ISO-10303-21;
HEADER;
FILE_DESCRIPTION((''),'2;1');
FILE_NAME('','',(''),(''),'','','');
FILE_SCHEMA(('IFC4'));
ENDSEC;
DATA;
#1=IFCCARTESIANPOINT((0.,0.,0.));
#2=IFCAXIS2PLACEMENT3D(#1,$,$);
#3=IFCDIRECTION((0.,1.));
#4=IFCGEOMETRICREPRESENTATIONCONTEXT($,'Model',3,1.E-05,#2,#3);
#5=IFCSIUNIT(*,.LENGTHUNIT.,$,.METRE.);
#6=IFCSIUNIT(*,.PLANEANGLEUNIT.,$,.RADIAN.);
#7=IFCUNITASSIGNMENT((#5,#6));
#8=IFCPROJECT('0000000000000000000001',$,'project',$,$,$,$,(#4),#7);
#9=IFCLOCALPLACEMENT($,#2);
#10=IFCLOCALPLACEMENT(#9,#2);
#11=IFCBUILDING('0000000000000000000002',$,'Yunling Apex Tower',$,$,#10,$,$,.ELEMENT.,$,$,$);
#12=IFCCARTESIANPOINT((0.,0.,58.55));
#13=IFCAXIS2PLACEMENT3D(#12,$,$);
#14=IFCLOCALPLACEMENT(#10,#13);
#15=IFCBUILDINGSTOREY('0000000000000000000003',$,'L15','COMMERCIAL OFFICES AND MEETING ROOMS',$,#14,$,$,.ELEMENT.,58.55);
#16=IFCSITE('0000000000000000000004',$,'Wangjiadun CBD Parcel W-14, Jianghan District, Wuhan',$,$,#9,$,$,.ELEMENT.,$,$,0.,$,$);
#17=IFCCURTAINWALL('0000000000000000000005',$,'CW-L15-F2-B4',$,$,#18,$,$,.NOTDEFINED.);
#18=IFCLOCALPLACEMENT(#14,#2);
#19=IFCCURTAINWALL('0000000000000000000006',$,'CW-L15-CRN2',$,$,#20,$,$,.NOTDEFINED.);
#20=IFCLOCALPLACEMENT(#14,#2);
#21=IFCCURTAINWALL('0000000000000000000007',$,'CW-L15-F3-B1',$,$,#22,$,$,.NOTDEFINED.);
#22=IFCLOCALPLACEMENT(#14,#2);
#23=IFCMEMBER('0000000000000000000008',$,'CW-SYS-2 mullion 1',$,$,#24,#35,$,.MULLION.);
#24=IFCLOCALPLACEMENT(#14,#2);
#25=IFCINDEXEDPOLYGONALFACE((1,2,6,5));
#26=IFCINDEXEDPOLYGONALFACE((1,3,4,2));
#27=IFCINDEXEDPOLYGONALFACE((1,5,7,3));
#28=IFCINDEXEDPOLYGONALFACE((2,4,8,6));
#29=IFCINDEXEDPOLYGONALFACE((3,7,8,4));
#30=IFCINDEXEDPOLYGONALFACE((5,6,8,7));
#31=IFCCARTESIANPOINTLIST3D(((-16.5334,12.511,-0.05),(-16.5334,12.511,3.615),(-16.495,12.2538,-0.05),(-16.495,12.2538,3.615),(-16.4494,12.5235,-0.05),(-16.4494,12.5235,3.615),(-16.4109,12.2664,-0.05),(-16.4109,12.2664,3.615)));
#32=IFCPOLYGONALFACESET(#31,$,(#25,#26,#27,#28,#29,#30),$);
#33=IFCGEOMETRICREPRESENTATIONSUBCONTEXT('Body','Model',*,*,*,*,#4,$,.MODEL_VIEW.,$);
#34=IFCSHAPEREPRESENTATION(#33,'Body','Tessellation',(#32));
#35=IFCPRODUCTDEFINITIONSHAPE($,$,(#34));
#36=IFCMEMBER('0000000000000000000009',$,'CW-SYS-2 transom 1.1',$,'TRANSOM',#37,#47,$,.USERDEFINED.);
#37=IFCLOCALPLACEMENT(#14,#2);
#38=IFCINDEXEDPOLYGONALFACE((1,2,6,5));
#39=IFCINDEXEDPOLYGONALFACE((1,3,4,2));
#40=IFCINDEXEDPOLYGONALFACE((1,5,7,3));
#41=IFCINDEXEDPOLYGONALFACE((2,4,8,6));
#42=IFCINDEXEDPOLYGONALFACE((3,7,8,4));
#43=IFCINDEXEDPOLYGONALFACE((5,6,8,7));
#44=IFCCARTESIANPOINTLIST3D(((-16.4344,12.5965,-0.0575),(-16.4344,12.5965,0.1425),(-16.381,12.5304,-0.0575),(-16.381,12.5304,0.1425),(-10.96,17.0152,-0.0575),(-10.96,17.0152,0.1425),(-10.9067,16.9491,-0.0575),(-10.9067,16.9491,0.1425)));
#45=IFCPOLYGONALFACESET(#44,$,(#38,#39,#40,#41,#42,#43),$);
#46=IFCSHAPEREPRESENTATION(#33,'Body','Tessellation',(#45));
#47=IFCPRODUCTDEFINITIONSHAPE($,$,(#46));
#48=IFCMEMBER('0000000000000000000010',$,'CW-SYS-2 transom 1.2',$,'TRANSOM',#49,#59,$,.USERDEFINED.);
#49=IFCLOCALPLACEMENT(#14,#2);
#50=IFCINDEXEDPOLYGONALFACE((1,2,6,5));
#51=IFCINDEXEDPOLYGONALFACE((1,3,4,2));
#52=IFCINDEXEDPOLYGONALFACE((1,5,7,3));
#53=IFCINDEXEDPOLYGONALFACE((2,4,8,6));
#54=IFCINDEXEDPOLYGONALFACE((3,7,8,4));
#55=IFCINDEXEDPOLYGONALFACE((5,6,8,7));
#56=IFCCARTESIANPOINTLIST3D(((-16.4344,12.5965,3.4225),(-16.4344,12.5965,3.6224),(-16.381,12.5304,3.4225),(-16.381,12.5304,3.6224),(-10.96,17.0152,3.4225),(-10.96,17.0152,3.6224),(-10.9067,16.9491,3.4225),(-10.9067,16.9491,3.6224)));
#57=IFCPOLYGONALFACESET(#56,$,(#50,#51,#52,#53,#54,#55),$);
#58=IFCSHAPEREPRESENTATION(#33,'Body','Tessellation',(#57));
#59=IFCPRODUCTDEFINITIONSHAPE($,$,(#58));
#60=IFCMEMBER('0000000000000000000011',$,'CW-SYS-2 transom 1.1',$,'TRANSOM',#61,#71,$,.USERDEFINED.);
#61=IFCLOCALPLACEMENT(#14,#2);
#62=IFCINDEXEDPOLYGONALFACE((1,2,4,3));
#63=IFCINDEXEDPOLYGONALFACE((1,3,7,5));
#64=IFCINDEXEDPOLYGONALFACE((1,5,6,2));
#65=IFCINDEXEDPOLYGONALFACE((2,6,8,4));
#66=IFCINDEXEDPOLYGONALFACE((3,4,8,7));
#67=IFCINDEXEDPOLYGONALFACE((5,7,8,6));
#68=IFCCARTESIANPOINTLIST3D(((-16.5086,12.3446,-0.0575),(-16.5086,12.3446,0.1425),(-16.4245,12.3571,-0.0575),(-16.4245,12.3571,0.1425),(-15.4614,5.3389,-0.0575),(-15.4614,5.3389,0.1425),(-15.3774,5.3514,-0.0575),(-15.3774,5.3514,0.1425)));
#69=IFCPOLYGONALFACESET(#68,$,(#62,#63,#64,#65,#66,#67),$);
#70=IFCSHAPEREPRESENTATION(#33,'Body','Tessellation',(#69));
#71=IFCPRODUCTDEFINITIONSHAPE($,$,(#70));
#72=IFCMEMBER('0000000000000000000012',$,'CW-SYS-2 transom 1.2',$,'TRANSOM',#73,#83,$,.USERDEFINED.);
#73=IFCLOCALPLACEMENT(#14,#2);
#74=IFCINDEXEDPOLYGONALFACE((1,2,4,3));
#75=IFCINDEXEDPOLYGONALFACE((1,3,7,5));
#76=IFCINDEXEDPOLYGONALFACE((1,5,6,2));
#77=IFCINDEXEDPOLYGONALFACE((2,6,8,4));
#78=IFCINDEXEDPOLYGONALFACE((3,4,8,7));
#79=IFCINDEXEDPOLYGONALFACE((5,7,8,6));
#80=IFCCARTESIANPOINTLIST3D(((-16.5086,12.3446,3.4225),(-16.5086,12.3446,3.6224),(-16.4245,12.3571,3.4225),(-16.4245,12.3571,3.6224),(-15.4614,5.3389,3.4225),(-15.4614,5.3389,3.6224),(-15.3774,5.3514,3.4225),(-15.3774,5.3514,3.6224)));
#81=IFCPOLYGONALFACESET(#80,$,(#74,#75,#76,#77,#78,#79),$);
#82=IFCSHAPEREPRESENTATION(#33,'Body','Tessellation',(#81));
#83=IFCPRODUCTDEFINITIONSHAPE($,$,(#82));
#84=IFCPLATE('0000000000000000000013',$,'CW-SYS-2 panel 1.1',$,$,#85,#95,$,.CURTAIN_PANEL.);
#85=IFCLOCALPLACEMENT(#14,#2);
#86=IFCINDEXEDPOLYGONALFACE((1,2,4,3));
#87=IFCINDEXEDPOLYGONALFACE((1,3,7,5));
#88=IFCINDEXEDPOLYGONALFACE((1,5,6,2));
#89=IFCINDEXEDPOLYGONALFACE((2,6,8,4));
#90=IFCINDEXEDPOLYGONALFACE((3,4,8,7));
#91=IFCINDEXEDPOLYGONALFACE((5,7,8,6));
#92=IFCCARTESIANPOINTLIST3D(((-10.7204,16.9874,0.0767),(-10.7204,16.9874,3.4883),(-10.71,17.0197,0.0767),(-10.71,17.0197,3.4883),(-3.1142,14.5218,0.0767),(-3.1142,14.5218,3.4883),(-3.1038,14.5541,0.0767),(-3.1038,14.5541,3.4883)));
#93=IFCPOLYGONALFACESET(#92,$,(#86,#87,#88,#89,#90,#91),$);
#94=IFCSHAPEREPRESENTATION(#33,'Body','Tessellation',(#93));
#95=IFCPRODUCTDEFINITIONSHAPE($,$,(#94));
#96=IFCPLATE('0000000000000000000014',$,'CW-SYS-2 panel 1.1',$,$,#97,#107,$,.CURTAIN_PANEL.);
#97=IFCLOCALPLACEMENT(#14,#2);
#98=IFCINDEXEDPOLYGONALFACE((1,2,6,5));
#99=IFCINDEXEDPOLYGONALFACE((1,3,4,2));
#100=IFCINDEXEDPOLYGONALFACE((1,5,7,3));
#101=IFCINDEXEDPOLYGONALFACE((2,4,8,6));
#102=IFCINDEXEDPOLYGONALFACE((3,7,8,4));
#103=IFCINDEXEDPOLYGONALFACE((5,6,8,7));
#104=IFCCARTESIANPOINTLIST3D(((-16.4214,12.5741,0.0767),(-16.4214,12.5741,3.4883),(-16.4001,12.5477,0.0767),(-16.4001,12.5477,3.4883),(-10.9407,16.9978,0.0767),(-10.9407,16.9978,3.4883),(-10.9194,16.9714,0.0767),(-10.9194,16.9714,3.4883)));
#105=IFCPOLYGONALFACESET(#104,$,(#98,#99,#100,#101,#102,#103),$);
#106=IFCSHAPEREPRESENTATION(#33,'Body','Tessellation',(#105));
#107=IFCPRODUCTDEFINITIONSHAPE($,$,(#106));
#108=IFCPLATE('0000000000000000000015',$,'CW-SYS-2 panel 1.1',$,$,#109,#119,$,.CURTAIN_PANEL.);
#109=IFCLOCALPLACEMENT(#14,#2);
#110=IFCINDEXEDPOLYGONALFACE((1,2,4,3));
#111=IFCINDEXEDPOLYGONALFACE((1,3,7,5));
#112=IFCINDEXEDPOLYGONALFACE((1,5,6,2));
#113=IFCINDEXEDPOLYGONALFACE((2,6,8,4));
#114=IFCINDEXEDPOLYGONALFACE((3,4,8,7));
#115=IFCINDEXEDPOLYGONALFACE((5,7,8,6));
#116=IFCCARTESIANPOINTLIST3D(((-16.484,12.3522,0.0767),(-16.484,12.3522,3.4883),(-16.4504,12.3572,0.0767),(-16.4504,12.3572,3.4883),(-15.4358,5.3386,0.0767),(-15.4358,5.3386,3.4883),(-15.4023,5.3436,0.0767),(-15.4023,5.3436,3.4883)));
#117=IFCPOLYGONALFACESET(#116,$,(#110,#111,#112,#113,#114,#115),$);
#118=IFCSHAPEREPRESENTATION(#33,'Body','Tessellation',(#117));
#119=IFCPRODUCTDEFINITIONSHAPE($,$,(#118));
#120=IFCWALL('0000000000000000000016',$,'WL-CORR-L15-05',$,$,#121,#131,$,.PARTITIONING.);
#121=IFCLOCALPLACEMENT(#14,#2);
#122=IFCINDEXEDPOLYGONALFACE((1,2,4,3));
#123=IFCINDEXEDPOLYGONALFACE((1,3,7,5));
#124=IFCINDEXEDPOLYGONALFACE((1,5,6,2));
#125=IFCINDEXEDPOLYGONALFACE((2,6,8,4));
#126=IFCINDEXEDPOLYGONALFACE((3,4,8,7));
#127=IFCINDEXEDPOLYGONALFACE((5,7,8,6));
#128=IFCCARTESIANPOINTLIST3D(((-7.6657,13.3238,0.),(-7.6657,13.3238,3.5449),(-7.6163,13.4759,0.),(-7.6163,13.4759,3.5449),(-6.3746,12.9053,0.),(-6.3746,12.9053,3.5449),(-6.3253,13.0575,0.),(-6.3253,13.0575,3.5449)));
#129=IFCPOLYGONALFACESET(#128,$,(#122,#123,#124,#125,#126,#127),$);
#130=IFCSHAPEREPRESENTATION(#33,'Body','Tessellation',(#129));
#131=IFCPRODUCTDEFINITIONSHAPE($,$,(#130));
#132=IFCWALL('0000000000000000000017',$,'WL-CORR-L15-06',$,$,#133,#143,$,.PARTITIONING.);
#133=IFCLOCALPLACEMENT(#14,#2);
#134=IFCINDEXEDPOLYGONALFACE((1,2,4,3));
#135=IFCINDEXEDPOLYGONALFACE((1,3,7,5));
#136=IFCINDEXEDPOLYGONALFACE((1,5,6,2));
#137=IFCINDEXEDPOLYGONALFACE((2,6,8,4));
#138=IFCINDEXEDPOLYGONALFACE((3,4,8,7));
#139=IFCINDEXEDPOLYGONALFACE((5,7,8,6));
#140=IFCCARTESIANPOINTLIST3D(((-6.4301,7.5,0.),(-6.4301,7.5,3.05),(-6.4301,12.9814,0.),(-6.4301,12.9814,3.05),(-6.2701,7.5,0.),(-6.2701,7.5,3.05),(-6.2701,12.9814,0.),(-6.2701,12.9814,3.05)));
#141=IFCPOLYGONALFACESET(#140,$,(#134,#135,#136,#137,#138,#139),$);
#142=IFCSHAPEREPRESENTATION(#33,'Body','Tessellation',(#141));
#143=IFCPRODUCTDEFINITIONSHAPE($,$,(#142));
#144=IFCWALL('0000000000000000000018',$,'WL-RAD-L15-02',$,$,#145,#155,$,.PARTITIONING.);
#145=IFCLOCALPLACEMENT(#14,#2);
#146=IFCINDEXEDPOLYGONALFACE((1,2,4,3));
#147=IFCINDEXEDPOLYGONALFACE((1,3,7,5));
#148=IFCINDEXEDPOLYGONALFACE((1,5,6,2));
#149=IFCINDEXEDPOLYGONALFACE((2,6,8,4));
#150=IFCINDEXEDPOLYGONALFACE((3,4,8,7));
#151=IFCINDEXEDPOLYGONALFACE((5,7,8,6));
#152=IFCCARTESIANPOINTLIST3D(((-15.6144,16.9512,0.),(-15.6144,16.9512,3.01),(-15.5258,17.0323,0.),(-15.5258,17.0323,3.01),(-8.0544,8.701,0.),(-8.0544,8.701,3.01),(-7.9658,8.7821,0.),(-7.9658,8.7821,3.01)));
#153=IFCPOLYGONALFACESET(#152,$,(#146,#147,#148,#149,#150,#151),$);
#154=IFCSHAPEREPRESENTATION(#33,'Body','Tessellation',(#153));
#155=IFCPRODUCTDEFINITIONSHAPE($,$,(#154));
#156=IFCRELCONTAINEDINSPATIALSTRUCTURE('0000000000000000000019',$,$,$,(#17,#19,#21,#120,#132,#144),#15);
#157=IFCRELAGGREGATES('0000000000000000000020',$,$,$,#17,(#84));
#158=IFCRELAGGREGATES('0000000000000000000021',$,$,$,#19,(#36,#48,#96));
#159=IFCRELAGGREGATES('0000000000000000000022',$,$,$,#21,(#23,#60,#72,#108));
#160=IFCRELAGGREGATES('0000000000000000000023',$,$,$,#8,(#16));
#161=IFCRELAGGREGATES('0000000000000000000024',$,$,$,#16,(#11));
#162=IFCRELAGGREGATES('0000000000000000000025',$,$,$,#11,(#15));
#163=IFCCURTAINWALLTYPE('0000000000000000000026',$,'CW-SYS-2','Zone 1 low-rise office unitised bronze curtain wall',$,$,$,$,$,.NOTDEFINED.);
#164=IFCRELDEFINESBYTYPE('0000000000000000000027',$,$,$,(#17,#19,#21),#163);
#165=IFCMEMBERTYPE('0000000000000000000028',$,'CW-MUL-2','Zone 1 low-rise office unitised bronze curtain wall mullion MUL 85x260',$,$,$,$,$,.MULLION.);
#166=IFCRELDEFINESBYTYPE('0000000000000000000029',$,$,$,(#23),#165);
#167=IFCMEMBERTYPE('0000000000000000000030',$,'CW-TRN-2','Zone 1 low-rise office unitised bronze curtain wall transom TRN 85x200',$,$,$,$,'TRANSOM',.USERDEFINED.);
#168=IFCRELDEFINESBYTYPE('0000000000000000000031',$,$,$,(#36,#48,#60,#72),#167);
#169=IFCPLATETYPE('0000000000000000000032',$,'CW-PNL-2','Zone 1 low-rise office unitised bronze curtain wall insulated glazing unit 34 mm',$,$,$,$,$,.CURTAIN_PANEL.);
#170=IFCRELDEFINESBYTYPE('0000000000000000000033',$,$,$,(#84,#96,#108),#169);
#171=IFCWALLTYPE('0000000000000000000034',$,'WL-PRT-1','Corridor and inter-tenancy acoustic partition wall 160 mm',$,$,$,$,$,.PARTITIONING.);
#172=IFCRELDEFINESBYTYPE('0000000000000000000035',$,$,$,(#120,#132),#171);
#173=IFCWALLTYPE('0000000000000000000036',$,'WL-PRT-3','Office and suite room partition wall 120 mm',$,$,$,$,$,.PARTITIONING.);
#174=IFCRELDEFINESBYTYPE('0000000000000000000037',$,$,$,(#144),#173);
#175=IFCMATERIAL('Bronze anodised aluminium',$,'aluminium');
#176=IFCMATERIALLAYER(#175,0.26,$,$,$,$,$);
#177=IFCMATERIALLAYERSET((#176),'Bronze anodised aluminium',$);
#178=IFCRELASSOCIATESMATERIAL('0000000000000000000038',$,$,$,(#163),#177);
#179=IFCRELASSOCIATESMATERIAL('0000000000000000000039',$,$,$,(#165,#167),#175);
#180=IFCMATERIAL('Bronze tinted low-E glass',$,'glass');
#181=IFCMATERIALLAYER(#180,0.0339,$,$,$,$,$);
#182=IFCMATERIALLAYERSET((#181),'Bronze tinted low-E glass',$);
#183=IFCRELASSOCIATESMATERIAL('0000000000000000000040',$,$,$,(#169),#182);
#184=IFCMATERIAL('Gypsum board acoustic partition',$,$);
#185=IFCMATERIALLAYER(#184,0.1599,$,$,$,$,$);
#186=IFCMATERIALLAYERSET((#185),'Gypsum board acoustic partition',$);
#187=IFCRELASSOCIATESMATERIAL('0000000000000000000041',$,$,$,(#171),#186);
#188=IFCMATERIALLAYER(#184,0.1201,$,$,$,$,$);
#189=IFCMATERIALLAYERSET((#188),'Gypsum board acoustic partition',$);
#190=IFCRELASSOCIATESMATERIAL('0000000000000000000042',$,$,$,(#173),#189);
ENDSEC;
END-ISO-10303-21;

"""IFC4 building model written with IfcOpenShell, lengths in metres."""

from ifc_helpers import new_model, si_unit, direction, frame, frame_2d, origin, origin_2d, place, context, subcontext, project, spatial, rectangle, extrude, source, transform, mapped, material, layer, layer_set, material_profile, profile_set, type_object, element, aggregate, save


model = new_model("IFC4")

# Units and contexts
model_context = context("Model", 3, precision=1e-05, world=origin(), true_north=direction((0.0, 1.0)))
body_context = subcontext(model_context, "Body", "Model", "MODEL_VIEW")
ifc_project = project(units=[si_unit("LENGTHUNIT", "METRE"), si_unit("PLANEANGLEUNIT", "RADIAN")], contexts=[model_context])

# Site, building, storey
site_placement = place(None, origin())
site = spatial("IfcSite", under=ifc_project, at=site_placement, Name="Wangjiadun CBD Parcel W-14, Jianghan District, Wuhan", CompositionType="ELEMENT", RefElevation=0.0)
building_placement = place(site_placement, origin())
building = spatial("IfcBuilding", under=site, at=building_placement, Name="Yunling Apex Tower", CompositionType="ELEMENT")
storey_placement = place(building_placement, frame((0.0, 0.0, 58.55)))
storey = spatial("IfcBuildingStorey", under=building, at=storey_placement, Name="L15", Description="COMMERCIAL OFFICES AND MEETING ROOMS", CompositionType="ELEMENT", Elevation=58.55)

# Curtain wall
ifc_material_1 = material(Name="Bronze anodised aluminium", Category="aluminium")
ifc_layer_1 = layer(ifc_material_1, 0.26)
ifc_layer_set_1 = layer_set([ifc_layer_1], Name="Bronze anodised aluminium")
curtain_wall_type = type_object("IfcCurtainWallType", Name="CW-SYS-2", Description="Zone 1 low-rise office unitised bronze curtain wall", PredefinedType="NOTDEFINED", material=ifc_layer_set_1)
curtain_wall_1_placement = place(storey_placement, origin())
curtain_wall_1 = element("IfcCurtainWall", 1, at=curtain_wall_1_placement, inside=storey, type_object=curtain_wall_type, Name="CW-L15-F2-B4", PredefinedType="NOTDEFINED")
ifc_material_profile_1 = material_profile(ifc_material_1, rectangle(XDim=0.085, YDim=0.26, at=origin_2d()))
ifc_profile_set_1 = profile_set([ifc_material_profile_1], Name="Bronze anodised aluminium")
member_type_1 = type_object("IfcMemberType", Name="CW-MUL-2", Description="Zone 1 low-rise office unitised bronze curtain wall mullion MUL 85x260", PredefinedType="MULLION", material=ifc_profile_set_1)
shared_shape_1 = source(origin(), body_context, "Body", "SweptSolid", [
    extrude(rectangle(XDim=0.085, YDim=0.26, at=origin_2d()), origin(), (0.0, 0.0, 1.0), 3.665),
])

# Curtain wall
curtain_wall_2_placement = place(storey_placement, origin())
curtain_wall_2 = element("IfcCurtainWall", 2, at=curtain_wall_2_placement, inside=storey, type_object=curtain_wall_type, Name="CW-L15-CRN2", PredefinedType="NOTDEFINED")

# Curtain wall, member
curtain_wall_3_placement = place(storey_placement, origin())
curtain_wall_3 = element("IfcCurtainWall", 3, at=curtain_wall_3_placement, inside=storey, type_object=curtain_wall_type, Name="CW-L15-F3-B1", PredefinedType="NOTDEFINED")
member_1_placement = place(storey_placement, frame((-16.4722, 12.3887, -0.05), z_axis=(0.0, 0.0, 1.0), x_axis=(0.989017, 0.147799, 0.0)))
member_1 = element("IfcMember", 4, at=member_1_placement, type_object=member_type_1, Name="CW-SYS-2 mullion 1", PredefinedType="MULLION", context=body_context, shape_type="MappedRepresentation", body=[
    mapped(shared_shape_1, transform((0.0, 0.0, 0.0), scale=1.0)),
])

# Members
ifc_material_profile_2 = material_profile(ifc_material_1, rectangle(XDim=0.085, YDim=0.2, at=origin_2d()))
ifc_profile_set_2 = profile_set([ifc_material_profile_2], Name="Bronze anodised aluminium")
member_type_2 = type_object("IfcMemberType", Name="CW-TRN-2", Description="Zone 1 low-rise office unitised bronze curtain wall transom TRN 85x200", ElementType="TRANSOM", PredefinedType="USERDEFINED", material=ifc_profile_set_2)
shared_shape_2 = source(origin(), body_context, "Body", "SweptSolid", [
    extrude(rectangle(XDim=0.085, YDim=0.2, at=origin_2d()), origin(), (0.0, 0.0, 1.0), 7.0352),
])
member_2_placement = place(storey_placement, frame((-10.9333, 16.9822, 0.0425), z_axis=(-0.778143, -0.628087, 0.0), x_axis=(0.628087, -0.778143, 0.0)))
member_2 = element("IfcMember", 5, at=member_2_placement, type_object=member_type_2, Name="CW-SYS-2 transom 1.1", ObjectType="TRANSOM", PredefinedType="USERDEFINED", context=body_context, shape_type="MappedRepresentation", body=[
    mapped(shared_shape_2, transform((0.0, 0.0, 0.0), scale=1.0)),
])
member_3_placement = place(storey_placement, frame((-10.9333, 16.9822, 3.5225), z_axis=(-0.778143, -0.628087, 0.0), x_axis=(0.628087, -0.778143, 0.0)))
member_3 = element("IfcMember", 6, at=member_3_placement, type_object=member_type_2, Name="CW-SYS-2 transom 1.2", ObjectType="TRANSOM", PredefinedType="USERDEFINED", context=body_context, shape_type="MappedRepresentation", body=[
    mapped(shared_shape_2, transform((0.0, 0.0, 0.0), scale=1.0)),
])
shared_shape_3 = source(origin(), body_context, "Body", "SweptSolid", [
    extrude(rectangle(XDim=0.085, YDim=0.2, at=origin_2d()), origin(), (0.0, 0.0, 1.0), 7.0835),
])
member_4_placement = place(storey_placement, frame((-16.4666, 12.3508, 0.0425), z_axis=(0.147826, -0.989013, 0.0), x_axis=(0.989013, 0.147826, 0.0)))
member_4 = element("IfcMember", 7, at=member_4_placement, type_object=member_type_2, Name="CW-SYS-2 transom 1.1", ObjectType="TRANSOM", PredefinedType="USERDEFINED", context=body_context, shape_type="MappedRepresentation", body=[
    mapped(shared_shape_3, transform((0.0, 0.0, 0.0), scale=1.0)),
])
member_5_placement = place(storey_placement, frame((-16.4666, 12.3508, 3.5225), z_axis=(0.147826, -0.989013, 0.0), x_axis=(0.989013, 0.147826, 0.0)))
member_5 = element("IfcMember", 8, at=member_5_placement, type_object=member_type_2, Name="CW-SYS-2 transom 1.2", ObjectType="TRANSOM", PredefinedType="USERDEFINED", context=body_context, shape_type="MappedRepresentation", body=[
    mapped(shared_shape_3, transform((0.0, 0.0, 0.0), scale=1.0)),
])

# Plates
ifc_material_2 = material(Name="Bronze tinted low-E glass", Category="glass")
ifc_layer_2 = layer(ifc_material_2, 0.0339)
ifc_layer_set_2 = layer_set([ifc_layer_2], Name="Bronze tinted low-E glass")
plate_type = type_object("IfcPlateType", Name="CW-PNL-2", Description="Zone 1 low-rise office unitised bronze curtain wall insulated glazing unit 34 mm", PredefinedType="CURTAIN_PANEL", material=ifc_layer_set_2)
shared_shape_4 = source(origin(), body_context, "Body", "SweptSolid", [
    extrude(rectangle(XDim=7.9958, YDim=0.0339, at=origin_2d()), origin(), (0.0, 0.0, 1.0), 3.4116),
])
plate_1_placement = place(storey_placement, frame((-6.9121, 15.7708, 0.0767), z_axis=(0.0, 0.0, 1.0), x_axis=(-0.951271, 0.308357, 0.0)))
plate_1 = element("IfcPlate", 9, at=plate_1_placement, type_object=plate_type, Name="CW-SYS-2 panel 1.1", PredefinedType="CURTAIN_PANEL", context=body_context, shape_type="MappedRepresentation", body=[
    mapped(shared_shape_4, transform((0.0, 0.0, 0.0), scale=1.0)),
])
aggregate(curtain_wall_1, [plate_1])
shared_shape_5 = source(origin(), body_context, "Body", "SweptSolid", [
    extrude(rectangle(XDim=7.0432, YDim=0.0339, at=origin_2d()), origin(), (0.0, 0.0, 1.0), 3.4116),
])
plate_2_placement = place(storey_placement, frame((-13.6704, 14.7727, 0.0767), z_axis=(0.0, 0.0, 1.0), x_axis=(-0.778149, -0.62808, 0.0)))
plate_2 = element("IfcPlate", 10, at=plate_2_placement, type_object=plate_type, Name="CW-SYS-2 panel 1.1", PredefinedType="CURTAIN_PANEL", context=body_context, shape_type="MappedRepresentation", body=[
    mapped(shared_shape_5, transform((0.0, 0.0, 0.0), scale=1.0)),
])
aggregate(curtain_wall_2, [member_2, member_3, plate_2])
shared_shape_6 = source(origin(), body_context, "Body", "SweptSolid", [
    extrude(rectangle(XDim=7.0916, YDim=0.0339, at=origin_2d()), origin(), (0.0, 0.0, 1.0), 3.4116),
])
plate_3_placement = place(storey_placement, frame((-15.9431, 8.8479, 0.0767), z_axis=(0.0, 0.0, 1.0), x_axis=(0.147799, -0.989017, 0.0)))
plate_3 = element("IfcPlate", 11, at=plate_3_placement, type_object=plate_type, Name="CW-SYS-2 panel 1.1", PredefinedType="CURTAIN_PANEL", context=body_context, shape_type="MappedRepresentation", body=[
    mapped(shared_shape_6, transform((0.0, 0.0, 0.0), scale=1.0)),
])
aggregate(curtain_wall_3, [member_1, member_4, member_5, plate_3])

# Walls
ifc_material_3 = material(Name="Gypsum board acoustic partition")
ifc_layer_3 = layer(ifc_material_3, 0.1599)
ifc_layer_set_3 = layer_set([ifc_layer_3], Name="Gypsum board acoustic partition")
wall_type_1 = type_object("IfcWallType", Name="WL-PRT-1", Description="Corridor and inter-tenancy acoustic partition wall 160 mm", PredefinedType="PARTITIONING", material=ifc_layer_set_3)
wall_1_placement = place(storey_placement, frame((-7.6411, 13.3999, 0.0), z_axis=(0.0, 0.0, 1.0), x_axis=(0.951277, -0.308338, 0.0)))
element("IfcWall", 12, at=wall_1_placement, inside=storey, type_object=wall_type_1, Name="WL-CORR-L15-05", PredefinedType="PARTITIONING", context=body_context, shape_type="SweptSolid", body=[
    extrude(rectangle(XDim=1.3572, YDim=0.1599, at=frame_2d((0.6787, 0.0))), origin(), (0.0, 0.0, 1.0), 3.5449),
])
wall_2_placement = place(storey_placement, frame((-6.3501, 12.9814, 0.0), z_axis=(0.0, 0.0, 1.0), x_axis=(0.0, -1.0, 0.0)))
element("IfcWall", 13, at=wall_2_placement, inside=storey, type_object=wall_type_1, Name="WL-CORR-L15-06", PredefinedType="PARTITIONING", context=body_context, shape_type="SweptSolid", body=[
    extrude(rectangle(XDim=5.4814, YDim=0.1599, at=frame_2d((2.7407, 0.0))), origin(), (0.0, 0.0, 1.0), 3.05),
])
ifc_layer_4 = layer(ifc_material_3, 0.1201)
ifc_layer_set_4 = layer_set([ifc_layer_4], Name="Gypsum board acoustic partition")
wall_type_2 = type_object("IfcWallType", Name="WL-PRT-3", Description="Office and suite room partition wall 120 mm", PredefinedType="PARTITIONING", material=ifc_layer_set_4)
wall_3_placement = place(storey_placement, frame((-8.01, 8.7415, 0.0), z_axis=(0.0, 0.0, 1.0), x_axis=(-0.675595, 0.737273, 0.0)))
element("IfcWall", 14, at=wall_3_placement, inside=storey, type_object=wall_type_2, Name="WL-RAD-L15-02", PredefinedType="PARTITIONING", context=body_context, shape_type="SweptSolid", body=[
    extrude(rectangle(XDim=11.1902, YDim=0.1201, at=frame_2d((5.5952, 0.0))), origin(), (0.0, 0.0, 1.0), 3.01),
])

save(model, "model.ifc")
